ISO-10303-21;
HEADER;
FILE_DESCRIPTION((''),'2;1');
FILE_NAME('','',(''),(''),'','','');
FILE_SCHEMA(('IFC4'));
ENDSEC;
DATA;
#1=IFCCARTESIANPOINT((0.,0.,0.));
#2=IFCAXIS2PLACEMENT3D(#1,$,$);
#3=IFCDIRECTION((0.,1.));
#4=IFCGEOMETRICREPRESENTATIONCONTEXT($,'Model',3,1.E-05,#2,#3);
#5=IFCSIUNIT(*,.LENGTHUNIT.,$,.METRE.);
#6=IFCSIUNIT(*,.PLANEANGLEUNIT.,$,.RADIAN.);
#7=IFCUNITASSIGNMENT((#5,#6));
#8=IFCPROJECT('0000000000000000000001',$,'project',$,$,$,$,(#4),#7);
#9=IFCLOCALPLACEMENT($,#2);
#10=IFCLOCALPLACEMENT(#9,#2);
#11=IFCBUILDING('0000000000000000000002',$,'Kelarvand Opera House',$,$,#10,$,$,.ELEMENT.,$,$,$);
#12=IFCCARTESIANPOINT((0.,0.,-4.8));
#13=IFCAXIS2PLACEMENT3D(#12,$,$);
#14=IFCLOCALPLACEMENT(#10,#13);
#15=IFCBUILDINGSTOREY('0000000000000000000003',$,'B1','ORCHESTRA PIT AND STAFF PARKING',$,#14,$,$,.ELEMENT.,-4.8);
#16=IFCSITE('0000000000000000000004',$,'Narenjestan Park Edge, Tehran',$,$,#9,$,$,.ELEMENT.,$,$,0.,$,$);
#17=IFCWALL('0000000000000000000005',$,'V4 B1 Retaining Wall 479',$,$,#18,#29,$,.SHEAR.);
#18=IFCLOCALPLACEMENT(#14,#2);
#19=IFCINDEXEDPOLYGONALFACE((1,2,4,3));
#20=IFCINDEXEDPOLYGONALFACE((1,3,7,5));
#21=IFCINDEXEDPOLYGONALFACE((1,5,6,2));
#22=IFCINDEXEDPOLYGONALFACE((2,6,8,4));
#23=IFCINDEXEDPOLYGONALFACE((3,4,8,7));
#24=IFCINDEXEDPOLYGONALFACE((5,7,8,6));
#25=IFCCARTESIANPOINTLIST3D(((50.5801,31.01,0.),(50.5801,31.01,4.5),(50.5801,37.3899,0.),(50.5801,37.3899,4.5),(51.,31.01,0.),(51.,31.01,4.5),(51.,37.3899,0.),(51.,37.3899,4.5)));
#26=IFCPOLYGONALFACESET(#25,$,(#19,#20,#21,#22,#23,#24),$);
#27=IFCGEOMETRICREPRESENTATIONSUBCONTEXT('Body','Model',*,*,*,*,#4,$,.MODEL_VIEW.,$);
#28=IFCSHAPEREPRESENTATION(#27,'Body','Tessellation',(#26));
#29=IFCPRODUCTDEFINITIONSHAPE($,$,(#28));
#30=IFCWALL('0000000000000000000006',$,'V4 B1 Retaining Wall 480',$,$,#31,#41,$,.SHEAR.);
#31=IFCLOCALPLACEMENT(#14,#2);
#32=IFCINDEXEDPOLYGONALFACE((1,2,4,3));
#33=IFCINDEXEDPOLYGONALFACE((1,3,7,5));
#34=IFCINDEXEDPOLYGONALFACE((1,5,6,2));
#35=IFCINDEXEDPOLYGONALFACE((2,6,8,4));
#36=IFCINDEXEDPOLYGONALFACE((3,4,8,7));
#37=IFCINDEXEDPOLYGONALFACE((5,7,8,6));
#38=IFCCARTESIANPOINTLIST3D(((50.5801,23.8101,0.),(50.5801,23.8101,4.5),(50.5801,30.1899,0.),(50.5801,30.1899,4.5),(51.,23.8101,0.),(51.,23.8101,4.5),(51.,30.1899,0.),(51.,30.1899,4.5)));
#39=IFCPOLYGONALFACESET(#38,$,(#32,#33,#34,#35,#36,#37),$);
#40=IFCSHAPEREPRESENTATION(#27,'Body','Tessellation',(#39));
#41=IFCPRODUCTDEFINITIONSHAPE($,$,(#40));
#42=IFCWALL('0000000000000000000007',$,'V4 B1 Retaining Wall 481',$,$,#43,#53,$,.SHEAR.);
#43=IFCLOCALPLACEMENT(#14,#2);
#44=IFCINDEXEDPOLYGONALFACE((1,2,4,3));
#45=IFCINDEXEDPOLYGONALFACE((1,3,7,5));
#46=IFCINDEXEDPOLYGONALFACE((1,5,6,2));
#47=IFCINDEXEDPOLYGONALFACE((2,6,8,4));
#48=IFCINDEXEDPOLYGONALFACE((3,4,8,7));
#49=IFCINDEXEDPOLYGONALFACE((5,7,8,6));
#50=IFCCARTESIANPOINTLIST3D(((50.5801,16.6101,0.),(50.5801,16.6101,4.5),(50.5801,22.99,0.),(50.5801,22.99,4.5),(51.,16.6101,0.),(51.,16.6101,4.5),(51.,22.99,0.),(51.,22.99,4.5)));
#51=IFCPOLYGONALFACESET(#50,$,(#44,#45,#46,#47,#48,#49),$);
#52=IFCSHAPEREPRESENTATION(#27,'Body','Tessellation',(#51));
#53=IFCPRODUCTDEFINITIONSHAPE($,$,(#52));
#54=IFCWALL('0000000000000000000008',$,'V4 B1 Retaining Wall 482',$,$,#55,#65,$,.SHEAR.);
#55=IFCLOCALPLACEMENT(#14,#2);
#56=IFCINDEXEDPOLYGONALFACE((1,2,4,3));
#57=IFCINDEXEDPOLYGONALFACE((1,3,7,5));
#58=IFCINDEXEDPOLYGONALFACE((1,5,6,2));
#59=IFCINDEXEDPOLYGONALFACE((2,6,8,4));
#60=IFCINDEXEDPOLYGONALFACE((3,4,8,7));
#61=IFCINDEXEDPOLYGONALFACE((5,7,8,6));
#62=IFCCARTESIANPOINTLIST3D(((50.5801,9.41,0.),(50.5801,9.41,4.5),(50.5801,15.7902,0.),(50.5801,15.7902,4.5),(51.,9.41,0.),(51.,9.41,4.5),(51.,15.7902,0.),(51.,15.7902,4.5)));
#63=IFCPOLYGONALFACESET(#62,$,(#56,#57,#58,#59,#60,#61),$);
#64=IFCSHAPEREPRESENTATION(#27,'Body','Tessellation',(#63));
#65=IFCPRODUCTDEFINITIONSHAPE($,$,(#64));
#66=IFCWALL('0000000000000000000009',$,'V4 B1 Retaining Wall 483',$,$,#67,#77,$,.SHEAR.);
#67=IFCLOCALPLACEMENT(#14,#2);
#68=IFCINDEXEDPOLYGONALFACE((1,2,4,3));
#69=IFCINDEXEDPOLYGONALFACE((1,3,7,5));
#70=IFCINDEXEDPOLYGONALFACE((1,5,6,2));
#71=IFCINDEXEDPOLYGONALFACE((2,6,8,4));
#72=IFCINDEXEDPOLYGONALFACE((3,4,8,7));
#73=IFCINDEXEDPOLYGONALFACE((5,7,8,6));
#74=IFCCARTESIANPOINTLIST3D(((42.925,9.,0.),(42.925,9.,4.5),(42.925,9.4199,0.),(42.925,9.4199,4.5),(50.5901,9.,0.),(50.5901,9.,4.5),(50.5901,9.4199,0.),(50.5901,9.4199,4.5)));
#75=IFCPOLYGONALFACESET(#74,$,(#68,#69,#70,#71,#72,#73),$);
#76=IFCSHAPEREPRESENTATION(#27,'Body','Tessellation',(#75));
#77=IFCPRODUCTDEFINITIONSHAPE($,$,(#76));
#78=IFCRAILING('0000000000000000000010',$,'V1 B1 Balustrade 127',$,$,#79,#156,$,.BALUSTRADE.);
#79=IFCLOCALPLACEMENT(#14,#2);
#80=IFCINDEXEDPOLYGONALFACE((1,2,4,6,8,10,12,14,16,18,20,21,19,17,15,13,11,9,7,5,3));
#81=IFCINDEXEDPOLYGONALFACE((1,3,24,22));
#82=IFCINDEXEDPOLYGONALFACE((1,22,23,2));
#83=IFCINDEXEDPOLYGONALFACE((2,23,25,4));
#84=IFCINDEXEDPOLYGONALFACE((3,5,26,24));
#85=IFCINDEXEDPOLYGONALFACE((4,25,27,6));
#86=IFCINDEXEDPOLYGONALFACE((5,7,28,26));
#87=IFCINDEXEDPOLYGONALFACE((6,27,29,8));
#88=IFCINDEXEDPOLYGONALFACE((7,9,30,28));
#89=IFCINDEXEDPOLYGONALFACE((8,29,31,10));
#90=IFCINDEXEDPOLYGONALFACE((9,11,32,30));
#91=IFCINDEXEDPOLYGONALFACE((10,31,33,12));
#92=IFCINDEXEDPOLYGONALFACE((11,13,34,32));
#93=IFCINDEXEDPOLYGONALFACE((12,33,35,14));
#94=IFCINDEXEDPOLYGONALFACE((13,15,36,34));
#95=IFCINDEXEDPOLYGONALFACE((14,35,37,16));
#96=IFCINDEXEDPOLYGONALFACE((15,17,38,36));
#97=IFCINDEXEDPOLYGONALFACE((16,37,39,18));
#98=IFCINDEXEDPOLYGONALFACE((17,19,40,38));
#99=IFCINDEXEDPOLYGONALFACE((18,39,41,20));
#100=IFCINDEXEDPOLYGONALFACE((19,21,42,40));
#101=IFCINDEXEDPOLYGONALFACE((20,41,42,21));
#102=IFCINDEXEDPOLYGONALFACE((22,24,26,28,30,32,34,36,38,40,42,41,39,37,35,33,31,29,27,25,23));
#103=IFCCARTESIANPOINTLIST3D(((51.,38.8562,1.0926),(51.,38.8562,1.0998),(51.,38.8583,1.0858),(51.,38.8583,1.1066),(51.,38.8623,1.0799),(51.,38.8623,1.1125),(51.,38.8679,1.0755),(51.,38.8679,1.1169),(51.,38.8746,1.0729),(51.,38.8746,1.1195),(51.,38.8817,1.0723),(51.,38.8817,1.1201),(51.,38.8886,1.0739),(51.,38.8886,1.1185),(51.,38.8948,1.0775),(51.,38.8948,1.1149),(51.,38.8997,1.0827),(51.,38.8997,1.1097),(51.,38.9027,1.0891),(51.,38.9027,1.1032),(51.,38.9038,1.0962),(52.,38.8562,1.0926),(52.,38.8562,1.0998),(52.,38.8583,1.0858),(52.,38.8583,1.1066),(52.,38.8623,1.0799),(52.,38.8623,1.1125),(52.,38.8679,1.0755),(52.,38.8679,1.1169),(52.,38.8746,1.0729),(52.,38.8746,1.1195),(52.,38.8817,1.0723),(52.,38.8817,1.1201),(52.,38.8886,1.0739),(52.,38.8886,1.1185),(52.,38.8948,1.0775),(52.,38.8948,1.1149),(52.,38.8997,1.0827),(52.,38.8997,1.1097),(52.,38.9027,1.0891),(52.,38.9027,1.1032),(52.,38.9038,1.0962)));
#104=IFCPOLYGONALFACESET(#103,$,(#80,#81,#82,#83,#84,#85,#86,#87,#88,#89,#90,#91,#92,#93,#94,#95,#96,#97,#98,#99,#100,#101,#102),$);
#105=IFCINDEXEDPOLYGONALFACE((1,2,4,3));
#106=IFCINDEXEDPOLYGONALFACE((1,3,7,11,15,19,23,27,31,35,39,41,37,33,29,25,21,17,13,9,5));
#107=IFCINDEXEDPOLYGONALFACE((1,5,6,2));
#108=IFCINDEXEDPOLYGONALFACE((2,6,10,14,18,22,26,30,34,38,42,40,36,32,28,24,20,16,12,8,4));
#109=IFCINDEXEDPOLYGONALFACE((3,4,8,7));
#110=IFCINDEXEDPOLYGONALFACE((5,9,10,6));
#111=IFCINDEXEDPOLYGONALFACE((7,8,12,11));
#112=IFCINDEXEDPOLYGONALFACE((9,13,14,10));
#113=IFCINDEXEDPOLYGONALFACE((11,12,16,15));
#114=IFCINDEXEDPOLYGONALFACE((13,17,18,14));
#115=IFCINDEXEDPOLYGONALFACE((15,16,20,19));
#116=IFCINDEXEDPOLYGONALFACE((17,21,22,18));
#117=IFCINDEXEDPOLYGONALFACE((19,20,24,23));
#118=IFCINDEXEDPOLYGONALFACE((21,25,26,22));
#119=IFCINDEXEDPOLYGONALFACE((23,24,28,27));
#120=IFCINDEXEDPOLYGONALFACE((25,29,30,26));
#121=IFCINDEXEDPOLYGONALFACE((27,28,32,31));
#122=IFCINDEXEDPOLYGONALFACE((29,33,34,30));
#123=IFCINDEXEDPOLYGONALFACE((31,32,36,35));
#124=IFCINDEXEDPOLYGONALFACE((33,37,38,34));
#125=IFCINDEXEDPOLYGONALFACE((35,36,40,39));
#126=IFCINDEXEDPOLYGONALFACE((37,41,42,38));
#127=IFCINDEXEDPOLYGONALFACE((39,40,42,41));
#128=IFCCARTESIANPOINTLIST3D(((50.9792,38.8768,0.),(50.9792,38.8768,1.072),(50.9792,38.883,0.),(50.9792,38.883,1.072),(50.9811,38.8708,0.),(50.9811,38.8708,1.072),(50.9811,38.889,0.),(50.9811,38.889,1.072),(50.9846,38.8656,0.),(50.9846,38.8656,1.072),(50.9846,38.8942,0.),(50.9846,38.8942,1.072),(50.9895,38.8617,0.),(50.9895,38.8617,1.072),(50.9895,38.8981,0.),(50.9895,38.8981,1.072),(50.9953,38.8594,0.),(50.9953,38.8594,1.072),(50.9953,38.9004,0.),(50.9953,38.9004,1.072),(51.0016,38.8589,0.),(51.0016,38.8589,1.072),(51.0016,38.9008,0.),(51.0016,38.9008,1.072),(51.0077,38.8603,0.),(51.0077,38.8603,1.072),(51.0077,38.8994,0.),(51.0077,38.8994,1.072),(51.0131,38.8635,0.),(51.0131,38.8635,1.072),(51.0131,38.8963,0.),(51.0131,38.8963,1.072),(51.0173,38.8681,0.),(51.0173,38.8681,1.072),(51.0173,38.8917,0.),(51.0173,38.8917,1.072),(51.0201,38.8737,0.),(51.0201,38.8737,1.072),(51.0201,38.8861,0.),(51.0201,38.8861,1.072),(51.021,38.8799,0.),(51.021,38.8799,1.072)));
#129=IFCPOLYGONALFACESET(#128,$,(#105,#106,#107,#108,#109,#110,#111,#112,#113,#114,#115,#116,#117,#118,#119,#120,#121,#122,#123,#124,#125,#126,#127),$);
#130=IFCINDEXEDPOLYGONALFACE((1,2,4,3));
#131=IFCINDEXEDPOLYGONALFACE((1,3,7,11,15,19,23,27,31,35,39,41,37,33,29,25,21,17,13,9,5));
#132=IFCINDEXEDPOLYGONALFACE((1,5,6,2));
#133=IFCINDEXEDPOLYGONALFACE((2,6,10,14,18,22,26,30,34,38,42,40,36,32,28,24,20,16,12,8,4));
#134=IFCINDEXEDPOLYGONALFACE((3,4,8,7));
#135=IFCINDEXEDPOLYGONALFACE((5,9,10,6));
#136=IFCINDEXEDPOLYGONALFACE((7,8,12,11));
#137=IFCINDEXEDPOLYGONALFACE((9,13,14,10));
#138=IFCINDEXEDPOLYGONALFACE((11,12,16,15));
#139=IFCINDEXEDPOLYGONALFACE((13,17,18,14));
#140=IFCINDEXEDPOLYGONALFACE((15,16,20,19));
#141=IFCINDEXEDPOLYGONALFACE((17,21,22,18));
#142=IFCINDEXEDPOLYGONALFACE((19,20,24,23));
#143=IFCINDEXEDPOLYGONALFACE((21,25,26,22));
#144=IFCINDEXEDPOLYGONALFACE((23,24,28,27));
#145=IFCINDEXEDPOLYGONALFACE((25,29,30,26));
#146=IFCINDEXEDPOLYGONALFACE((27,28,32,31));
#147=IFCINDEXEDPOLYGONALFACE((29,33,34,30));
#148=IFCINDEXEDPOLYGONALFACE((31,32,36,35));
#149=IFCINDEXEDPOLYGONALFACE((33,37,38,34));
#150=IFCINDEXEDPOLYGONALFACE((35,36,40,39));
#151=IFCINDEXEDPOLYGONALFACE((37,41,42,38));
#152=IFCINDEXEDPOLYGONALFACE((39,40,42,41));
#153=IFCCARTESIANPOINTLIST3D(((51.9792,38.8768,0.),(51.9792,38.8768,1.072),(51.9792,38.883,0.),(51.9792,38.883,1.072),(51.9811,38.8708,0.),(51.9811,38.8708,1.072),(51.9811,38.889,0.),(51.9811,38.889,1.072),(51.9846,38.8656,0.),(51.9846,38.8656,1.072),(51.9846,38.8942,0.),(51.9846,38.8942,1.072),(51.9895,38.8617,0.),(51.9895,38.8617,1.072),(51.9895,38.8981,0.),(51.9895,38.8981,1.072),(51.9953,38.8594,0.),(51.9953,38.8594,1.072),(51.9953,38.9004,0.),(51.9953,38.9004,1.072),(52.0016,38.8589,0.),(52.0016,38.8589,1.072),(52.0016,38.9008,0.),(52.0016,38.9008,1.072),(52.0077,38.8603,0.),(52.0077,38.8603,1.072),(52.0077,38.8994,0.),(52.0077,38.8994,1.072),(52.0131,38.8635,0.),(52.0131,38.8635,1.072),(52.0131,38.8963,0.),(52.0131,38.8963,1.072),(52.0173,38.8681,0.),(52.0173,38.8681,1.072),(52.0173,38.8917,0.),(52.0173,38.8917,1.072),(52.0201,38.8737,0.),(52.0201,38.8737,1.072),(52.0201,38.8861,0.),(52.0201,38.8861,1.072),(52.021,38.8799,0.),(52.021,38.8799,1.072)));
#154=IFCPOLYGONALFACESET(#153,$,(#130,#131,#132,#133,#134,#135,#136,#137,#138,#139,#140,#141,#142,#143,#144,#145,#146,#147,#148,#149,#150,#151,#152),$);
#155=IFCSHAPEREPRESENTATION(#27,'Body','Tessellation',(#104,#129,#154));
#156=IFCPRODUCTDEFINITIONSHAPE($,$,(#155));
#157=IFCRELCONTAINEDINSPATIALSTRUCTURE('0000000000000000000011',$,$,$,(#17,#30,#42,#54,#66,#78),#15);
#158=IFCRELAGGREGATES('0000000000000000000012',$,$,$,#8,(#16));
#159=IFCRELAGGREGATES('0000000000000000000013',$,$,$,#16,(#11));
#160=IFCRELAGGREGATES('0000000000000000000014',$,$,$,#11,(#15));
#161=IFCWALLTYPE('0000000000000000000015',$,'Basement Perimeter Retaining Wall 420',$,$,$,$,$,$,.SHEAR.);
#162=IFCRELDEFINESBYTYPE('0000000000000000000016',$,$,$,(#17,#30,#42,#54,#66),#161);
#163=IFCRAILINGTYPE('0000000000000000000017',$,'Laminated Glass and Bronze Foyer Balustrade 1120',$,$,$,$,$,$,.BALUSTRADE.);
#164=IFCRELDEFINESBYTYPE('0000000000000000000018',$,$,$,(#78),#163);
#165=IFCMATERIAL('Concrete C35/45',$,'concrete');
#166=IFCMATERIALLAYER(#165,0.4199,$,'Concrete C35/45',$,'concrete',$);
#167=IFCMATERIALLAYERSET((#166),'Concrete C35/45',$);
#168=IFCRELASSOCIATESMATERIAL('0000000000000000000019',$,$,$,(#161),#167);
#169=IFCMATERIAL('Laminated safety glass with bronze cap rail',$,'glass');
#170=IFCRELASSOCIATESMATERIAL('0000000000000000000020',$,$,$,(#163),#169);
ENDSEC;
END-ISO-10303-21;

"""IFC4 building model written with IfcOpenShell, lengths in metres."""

from ifc_helpers import new_model, si_unit, direction, frame, frame_2d, origin, origin_2d, place, context, subcontext, project, spatial, rectangle, circle, extrude, material, layer, layer_set, type_object, element, save


model = new_model("IFC4")

# Units and contexts
model_context = context("Model", 3, precision=1e-05, world=origin(), true_north=direction((0.0, 1.0)))
body_context = subcontext(model_context, "Body", "Model", "MODEL_VIEW")
ifc_project = project(units=[si_unit("LENGTHUNIT", "METRE"), si_unit("PLANEANGLEUNIT", "RADIAN")], contexts=[model_context])

# Site, building, storey
site_placement = place(None, origin())
site = spatial("IfcSite", under=ifc_project, at=site_placement, Name="Narenjestan Park Edge, Tehran", CompositionType="ELEMENT", RefElevation=0.0)
building_placement = place(site_placement, origin())
building = spatial("IfcBuilding", under=site, at=building_placement, Name="Kelarvand Opera House", CompositionType="ELEMENT")
storey_placement = place(building_placement, frame((0.0, 0.0, -4.8)))
storey = spatial("IfcBuildingStorey", under=building, at=storey_placement, Name="B1", Description="ORCHESTRA PIT AND STAFF PARKING", CompositionType="ELEMENT", Elevation=-4.8)

# Walls
ifc_material_1 = material(Name="Concrete C35/45", Category="concrete")
ifc_layer = layer(ifc_material_1, 0.4199, Name="Concrete C35/45", Category="concrete")
ifc_layer_set = layer_set([ifc_layer], Name="Concrete C35/45")
wall_type = type_object("IfcWallType", Name="Basement Perimeter Retaining Wall 420", PredefinedType="SHEAR", material=ifc_layer_set)
for number, where, z_axis, x_axis, name in (
    (1, (50.79, 37.3899, 0.0), (0.0, 0.0, 1.0), (0.0, -1.0, 0.0), "V4 B1 Retaining Wall 479"),
    (2, (50.79, 30.1899, 0.0), (0.0, 0.0, 1.0), (0.0, -1.0, 0.0), "V4 B1 Retaining Wall 480"),
    (3, (50.79, 22.99, 0.0), (0.0, 0.0, 1.0), (0.0, -1.0, 0.0), "V4 B1 Retaining Wall 481"),
):
    element("IfcWall", number, at=place(storey_placement, frame(where, z_axis=z_axis, x_axis=x_axis)), inside=storey, type_object=wall_type, Name=name, PredefinedType="SHEAR", context=body_context, shape_type="SweptSolid", body=[
        extrude(rectangle(XDim=6.3799, YDim=0.4199, at=frame_2d((3.1899, 0.0))), origin(), (0.0, 0.0, 1.0), 4.5),
    ])
wall_1_placement = place(storey_placement, frame((50.79, 15.79, 0.0), z_axis=(0.0, 0.0, 1.0), x_axis=(0.0, -1.0, 0.0)))
element("IfcWall", 4, at=wall_1_placement, inside=storey, type_object=wall_type, Name="V4 B1 Retaining Wall 482", PredefinedType="SHEAR", context=body_context, shape_type="SweptSolid", body=[
    extrude(rectangle(XDim=6.3801, YDim=0.4199, at=frame_2d((3.1899, 0.0))), origin(), (0.0, 0.0, 1.0), 4.5),
])
wall_2_placement = place(storey_placement, frame((50.5901, 9.21, 0.0), z_axis=(0.0, 0.0, 1.0), x_axis=(-1.0, 0.0, 0.0)))
element("IfcWall", 5, at=wall_2_placement, inside=storey, type_object=wall_type, Name="V4 B1 Retaining Wall 483", PredefinedType="SHEAR", context=body_context, shape_type="SweptSolid", body=[
    extrude(rectangle(XDim=7.665, YDim=0.4199, at=frame_2d((3.8325, 0.0))), origin(), (0.0, 0.0, 1.0), 4.5),
])

# Railing
ifc_material_2 = material(Name="Laminated safety glass with bronze cap rail", Category="glass")
railing_type = type_object("IfcRailingType", Name="Laminated Glass and Bronze Foyer Balustrade 1120", PredefinedType="BALUSTRADE", material=ifc_material_2)
railing_placement = place(storey_placement, frame((51.0, 38.8799, 0.0)))
element("IfcRailing", 6, at=railing_placement, inside=storey, type_object=railing_type, Name="V1 B1 Balustrade 127", PredefinedType="BALUSTRADE", context=body_context, shape_type="SweptSolid", body=[
    extrude(circle(Radius=0.0239, at=origin_2d()), frame((0.0, 0.0, 1.0962), z_axis=(1.0, 0.0, 0.0), x_axis=(0.0, 1.0, 0.0)), (0.0, 0.0, 1.0), 1.0),
    extrude(circle(Radius=0.021, at=origin_2d()), origin(), (0.0, 0.0, 1.0), 1.072),
    extrude(circle(Radius=0.021, at=origin_2d()), frame((1.0, 0.0, 0.0)), (0.0, 0.0, 1.0), 1.072),
])

save(model, "model.ifc")
